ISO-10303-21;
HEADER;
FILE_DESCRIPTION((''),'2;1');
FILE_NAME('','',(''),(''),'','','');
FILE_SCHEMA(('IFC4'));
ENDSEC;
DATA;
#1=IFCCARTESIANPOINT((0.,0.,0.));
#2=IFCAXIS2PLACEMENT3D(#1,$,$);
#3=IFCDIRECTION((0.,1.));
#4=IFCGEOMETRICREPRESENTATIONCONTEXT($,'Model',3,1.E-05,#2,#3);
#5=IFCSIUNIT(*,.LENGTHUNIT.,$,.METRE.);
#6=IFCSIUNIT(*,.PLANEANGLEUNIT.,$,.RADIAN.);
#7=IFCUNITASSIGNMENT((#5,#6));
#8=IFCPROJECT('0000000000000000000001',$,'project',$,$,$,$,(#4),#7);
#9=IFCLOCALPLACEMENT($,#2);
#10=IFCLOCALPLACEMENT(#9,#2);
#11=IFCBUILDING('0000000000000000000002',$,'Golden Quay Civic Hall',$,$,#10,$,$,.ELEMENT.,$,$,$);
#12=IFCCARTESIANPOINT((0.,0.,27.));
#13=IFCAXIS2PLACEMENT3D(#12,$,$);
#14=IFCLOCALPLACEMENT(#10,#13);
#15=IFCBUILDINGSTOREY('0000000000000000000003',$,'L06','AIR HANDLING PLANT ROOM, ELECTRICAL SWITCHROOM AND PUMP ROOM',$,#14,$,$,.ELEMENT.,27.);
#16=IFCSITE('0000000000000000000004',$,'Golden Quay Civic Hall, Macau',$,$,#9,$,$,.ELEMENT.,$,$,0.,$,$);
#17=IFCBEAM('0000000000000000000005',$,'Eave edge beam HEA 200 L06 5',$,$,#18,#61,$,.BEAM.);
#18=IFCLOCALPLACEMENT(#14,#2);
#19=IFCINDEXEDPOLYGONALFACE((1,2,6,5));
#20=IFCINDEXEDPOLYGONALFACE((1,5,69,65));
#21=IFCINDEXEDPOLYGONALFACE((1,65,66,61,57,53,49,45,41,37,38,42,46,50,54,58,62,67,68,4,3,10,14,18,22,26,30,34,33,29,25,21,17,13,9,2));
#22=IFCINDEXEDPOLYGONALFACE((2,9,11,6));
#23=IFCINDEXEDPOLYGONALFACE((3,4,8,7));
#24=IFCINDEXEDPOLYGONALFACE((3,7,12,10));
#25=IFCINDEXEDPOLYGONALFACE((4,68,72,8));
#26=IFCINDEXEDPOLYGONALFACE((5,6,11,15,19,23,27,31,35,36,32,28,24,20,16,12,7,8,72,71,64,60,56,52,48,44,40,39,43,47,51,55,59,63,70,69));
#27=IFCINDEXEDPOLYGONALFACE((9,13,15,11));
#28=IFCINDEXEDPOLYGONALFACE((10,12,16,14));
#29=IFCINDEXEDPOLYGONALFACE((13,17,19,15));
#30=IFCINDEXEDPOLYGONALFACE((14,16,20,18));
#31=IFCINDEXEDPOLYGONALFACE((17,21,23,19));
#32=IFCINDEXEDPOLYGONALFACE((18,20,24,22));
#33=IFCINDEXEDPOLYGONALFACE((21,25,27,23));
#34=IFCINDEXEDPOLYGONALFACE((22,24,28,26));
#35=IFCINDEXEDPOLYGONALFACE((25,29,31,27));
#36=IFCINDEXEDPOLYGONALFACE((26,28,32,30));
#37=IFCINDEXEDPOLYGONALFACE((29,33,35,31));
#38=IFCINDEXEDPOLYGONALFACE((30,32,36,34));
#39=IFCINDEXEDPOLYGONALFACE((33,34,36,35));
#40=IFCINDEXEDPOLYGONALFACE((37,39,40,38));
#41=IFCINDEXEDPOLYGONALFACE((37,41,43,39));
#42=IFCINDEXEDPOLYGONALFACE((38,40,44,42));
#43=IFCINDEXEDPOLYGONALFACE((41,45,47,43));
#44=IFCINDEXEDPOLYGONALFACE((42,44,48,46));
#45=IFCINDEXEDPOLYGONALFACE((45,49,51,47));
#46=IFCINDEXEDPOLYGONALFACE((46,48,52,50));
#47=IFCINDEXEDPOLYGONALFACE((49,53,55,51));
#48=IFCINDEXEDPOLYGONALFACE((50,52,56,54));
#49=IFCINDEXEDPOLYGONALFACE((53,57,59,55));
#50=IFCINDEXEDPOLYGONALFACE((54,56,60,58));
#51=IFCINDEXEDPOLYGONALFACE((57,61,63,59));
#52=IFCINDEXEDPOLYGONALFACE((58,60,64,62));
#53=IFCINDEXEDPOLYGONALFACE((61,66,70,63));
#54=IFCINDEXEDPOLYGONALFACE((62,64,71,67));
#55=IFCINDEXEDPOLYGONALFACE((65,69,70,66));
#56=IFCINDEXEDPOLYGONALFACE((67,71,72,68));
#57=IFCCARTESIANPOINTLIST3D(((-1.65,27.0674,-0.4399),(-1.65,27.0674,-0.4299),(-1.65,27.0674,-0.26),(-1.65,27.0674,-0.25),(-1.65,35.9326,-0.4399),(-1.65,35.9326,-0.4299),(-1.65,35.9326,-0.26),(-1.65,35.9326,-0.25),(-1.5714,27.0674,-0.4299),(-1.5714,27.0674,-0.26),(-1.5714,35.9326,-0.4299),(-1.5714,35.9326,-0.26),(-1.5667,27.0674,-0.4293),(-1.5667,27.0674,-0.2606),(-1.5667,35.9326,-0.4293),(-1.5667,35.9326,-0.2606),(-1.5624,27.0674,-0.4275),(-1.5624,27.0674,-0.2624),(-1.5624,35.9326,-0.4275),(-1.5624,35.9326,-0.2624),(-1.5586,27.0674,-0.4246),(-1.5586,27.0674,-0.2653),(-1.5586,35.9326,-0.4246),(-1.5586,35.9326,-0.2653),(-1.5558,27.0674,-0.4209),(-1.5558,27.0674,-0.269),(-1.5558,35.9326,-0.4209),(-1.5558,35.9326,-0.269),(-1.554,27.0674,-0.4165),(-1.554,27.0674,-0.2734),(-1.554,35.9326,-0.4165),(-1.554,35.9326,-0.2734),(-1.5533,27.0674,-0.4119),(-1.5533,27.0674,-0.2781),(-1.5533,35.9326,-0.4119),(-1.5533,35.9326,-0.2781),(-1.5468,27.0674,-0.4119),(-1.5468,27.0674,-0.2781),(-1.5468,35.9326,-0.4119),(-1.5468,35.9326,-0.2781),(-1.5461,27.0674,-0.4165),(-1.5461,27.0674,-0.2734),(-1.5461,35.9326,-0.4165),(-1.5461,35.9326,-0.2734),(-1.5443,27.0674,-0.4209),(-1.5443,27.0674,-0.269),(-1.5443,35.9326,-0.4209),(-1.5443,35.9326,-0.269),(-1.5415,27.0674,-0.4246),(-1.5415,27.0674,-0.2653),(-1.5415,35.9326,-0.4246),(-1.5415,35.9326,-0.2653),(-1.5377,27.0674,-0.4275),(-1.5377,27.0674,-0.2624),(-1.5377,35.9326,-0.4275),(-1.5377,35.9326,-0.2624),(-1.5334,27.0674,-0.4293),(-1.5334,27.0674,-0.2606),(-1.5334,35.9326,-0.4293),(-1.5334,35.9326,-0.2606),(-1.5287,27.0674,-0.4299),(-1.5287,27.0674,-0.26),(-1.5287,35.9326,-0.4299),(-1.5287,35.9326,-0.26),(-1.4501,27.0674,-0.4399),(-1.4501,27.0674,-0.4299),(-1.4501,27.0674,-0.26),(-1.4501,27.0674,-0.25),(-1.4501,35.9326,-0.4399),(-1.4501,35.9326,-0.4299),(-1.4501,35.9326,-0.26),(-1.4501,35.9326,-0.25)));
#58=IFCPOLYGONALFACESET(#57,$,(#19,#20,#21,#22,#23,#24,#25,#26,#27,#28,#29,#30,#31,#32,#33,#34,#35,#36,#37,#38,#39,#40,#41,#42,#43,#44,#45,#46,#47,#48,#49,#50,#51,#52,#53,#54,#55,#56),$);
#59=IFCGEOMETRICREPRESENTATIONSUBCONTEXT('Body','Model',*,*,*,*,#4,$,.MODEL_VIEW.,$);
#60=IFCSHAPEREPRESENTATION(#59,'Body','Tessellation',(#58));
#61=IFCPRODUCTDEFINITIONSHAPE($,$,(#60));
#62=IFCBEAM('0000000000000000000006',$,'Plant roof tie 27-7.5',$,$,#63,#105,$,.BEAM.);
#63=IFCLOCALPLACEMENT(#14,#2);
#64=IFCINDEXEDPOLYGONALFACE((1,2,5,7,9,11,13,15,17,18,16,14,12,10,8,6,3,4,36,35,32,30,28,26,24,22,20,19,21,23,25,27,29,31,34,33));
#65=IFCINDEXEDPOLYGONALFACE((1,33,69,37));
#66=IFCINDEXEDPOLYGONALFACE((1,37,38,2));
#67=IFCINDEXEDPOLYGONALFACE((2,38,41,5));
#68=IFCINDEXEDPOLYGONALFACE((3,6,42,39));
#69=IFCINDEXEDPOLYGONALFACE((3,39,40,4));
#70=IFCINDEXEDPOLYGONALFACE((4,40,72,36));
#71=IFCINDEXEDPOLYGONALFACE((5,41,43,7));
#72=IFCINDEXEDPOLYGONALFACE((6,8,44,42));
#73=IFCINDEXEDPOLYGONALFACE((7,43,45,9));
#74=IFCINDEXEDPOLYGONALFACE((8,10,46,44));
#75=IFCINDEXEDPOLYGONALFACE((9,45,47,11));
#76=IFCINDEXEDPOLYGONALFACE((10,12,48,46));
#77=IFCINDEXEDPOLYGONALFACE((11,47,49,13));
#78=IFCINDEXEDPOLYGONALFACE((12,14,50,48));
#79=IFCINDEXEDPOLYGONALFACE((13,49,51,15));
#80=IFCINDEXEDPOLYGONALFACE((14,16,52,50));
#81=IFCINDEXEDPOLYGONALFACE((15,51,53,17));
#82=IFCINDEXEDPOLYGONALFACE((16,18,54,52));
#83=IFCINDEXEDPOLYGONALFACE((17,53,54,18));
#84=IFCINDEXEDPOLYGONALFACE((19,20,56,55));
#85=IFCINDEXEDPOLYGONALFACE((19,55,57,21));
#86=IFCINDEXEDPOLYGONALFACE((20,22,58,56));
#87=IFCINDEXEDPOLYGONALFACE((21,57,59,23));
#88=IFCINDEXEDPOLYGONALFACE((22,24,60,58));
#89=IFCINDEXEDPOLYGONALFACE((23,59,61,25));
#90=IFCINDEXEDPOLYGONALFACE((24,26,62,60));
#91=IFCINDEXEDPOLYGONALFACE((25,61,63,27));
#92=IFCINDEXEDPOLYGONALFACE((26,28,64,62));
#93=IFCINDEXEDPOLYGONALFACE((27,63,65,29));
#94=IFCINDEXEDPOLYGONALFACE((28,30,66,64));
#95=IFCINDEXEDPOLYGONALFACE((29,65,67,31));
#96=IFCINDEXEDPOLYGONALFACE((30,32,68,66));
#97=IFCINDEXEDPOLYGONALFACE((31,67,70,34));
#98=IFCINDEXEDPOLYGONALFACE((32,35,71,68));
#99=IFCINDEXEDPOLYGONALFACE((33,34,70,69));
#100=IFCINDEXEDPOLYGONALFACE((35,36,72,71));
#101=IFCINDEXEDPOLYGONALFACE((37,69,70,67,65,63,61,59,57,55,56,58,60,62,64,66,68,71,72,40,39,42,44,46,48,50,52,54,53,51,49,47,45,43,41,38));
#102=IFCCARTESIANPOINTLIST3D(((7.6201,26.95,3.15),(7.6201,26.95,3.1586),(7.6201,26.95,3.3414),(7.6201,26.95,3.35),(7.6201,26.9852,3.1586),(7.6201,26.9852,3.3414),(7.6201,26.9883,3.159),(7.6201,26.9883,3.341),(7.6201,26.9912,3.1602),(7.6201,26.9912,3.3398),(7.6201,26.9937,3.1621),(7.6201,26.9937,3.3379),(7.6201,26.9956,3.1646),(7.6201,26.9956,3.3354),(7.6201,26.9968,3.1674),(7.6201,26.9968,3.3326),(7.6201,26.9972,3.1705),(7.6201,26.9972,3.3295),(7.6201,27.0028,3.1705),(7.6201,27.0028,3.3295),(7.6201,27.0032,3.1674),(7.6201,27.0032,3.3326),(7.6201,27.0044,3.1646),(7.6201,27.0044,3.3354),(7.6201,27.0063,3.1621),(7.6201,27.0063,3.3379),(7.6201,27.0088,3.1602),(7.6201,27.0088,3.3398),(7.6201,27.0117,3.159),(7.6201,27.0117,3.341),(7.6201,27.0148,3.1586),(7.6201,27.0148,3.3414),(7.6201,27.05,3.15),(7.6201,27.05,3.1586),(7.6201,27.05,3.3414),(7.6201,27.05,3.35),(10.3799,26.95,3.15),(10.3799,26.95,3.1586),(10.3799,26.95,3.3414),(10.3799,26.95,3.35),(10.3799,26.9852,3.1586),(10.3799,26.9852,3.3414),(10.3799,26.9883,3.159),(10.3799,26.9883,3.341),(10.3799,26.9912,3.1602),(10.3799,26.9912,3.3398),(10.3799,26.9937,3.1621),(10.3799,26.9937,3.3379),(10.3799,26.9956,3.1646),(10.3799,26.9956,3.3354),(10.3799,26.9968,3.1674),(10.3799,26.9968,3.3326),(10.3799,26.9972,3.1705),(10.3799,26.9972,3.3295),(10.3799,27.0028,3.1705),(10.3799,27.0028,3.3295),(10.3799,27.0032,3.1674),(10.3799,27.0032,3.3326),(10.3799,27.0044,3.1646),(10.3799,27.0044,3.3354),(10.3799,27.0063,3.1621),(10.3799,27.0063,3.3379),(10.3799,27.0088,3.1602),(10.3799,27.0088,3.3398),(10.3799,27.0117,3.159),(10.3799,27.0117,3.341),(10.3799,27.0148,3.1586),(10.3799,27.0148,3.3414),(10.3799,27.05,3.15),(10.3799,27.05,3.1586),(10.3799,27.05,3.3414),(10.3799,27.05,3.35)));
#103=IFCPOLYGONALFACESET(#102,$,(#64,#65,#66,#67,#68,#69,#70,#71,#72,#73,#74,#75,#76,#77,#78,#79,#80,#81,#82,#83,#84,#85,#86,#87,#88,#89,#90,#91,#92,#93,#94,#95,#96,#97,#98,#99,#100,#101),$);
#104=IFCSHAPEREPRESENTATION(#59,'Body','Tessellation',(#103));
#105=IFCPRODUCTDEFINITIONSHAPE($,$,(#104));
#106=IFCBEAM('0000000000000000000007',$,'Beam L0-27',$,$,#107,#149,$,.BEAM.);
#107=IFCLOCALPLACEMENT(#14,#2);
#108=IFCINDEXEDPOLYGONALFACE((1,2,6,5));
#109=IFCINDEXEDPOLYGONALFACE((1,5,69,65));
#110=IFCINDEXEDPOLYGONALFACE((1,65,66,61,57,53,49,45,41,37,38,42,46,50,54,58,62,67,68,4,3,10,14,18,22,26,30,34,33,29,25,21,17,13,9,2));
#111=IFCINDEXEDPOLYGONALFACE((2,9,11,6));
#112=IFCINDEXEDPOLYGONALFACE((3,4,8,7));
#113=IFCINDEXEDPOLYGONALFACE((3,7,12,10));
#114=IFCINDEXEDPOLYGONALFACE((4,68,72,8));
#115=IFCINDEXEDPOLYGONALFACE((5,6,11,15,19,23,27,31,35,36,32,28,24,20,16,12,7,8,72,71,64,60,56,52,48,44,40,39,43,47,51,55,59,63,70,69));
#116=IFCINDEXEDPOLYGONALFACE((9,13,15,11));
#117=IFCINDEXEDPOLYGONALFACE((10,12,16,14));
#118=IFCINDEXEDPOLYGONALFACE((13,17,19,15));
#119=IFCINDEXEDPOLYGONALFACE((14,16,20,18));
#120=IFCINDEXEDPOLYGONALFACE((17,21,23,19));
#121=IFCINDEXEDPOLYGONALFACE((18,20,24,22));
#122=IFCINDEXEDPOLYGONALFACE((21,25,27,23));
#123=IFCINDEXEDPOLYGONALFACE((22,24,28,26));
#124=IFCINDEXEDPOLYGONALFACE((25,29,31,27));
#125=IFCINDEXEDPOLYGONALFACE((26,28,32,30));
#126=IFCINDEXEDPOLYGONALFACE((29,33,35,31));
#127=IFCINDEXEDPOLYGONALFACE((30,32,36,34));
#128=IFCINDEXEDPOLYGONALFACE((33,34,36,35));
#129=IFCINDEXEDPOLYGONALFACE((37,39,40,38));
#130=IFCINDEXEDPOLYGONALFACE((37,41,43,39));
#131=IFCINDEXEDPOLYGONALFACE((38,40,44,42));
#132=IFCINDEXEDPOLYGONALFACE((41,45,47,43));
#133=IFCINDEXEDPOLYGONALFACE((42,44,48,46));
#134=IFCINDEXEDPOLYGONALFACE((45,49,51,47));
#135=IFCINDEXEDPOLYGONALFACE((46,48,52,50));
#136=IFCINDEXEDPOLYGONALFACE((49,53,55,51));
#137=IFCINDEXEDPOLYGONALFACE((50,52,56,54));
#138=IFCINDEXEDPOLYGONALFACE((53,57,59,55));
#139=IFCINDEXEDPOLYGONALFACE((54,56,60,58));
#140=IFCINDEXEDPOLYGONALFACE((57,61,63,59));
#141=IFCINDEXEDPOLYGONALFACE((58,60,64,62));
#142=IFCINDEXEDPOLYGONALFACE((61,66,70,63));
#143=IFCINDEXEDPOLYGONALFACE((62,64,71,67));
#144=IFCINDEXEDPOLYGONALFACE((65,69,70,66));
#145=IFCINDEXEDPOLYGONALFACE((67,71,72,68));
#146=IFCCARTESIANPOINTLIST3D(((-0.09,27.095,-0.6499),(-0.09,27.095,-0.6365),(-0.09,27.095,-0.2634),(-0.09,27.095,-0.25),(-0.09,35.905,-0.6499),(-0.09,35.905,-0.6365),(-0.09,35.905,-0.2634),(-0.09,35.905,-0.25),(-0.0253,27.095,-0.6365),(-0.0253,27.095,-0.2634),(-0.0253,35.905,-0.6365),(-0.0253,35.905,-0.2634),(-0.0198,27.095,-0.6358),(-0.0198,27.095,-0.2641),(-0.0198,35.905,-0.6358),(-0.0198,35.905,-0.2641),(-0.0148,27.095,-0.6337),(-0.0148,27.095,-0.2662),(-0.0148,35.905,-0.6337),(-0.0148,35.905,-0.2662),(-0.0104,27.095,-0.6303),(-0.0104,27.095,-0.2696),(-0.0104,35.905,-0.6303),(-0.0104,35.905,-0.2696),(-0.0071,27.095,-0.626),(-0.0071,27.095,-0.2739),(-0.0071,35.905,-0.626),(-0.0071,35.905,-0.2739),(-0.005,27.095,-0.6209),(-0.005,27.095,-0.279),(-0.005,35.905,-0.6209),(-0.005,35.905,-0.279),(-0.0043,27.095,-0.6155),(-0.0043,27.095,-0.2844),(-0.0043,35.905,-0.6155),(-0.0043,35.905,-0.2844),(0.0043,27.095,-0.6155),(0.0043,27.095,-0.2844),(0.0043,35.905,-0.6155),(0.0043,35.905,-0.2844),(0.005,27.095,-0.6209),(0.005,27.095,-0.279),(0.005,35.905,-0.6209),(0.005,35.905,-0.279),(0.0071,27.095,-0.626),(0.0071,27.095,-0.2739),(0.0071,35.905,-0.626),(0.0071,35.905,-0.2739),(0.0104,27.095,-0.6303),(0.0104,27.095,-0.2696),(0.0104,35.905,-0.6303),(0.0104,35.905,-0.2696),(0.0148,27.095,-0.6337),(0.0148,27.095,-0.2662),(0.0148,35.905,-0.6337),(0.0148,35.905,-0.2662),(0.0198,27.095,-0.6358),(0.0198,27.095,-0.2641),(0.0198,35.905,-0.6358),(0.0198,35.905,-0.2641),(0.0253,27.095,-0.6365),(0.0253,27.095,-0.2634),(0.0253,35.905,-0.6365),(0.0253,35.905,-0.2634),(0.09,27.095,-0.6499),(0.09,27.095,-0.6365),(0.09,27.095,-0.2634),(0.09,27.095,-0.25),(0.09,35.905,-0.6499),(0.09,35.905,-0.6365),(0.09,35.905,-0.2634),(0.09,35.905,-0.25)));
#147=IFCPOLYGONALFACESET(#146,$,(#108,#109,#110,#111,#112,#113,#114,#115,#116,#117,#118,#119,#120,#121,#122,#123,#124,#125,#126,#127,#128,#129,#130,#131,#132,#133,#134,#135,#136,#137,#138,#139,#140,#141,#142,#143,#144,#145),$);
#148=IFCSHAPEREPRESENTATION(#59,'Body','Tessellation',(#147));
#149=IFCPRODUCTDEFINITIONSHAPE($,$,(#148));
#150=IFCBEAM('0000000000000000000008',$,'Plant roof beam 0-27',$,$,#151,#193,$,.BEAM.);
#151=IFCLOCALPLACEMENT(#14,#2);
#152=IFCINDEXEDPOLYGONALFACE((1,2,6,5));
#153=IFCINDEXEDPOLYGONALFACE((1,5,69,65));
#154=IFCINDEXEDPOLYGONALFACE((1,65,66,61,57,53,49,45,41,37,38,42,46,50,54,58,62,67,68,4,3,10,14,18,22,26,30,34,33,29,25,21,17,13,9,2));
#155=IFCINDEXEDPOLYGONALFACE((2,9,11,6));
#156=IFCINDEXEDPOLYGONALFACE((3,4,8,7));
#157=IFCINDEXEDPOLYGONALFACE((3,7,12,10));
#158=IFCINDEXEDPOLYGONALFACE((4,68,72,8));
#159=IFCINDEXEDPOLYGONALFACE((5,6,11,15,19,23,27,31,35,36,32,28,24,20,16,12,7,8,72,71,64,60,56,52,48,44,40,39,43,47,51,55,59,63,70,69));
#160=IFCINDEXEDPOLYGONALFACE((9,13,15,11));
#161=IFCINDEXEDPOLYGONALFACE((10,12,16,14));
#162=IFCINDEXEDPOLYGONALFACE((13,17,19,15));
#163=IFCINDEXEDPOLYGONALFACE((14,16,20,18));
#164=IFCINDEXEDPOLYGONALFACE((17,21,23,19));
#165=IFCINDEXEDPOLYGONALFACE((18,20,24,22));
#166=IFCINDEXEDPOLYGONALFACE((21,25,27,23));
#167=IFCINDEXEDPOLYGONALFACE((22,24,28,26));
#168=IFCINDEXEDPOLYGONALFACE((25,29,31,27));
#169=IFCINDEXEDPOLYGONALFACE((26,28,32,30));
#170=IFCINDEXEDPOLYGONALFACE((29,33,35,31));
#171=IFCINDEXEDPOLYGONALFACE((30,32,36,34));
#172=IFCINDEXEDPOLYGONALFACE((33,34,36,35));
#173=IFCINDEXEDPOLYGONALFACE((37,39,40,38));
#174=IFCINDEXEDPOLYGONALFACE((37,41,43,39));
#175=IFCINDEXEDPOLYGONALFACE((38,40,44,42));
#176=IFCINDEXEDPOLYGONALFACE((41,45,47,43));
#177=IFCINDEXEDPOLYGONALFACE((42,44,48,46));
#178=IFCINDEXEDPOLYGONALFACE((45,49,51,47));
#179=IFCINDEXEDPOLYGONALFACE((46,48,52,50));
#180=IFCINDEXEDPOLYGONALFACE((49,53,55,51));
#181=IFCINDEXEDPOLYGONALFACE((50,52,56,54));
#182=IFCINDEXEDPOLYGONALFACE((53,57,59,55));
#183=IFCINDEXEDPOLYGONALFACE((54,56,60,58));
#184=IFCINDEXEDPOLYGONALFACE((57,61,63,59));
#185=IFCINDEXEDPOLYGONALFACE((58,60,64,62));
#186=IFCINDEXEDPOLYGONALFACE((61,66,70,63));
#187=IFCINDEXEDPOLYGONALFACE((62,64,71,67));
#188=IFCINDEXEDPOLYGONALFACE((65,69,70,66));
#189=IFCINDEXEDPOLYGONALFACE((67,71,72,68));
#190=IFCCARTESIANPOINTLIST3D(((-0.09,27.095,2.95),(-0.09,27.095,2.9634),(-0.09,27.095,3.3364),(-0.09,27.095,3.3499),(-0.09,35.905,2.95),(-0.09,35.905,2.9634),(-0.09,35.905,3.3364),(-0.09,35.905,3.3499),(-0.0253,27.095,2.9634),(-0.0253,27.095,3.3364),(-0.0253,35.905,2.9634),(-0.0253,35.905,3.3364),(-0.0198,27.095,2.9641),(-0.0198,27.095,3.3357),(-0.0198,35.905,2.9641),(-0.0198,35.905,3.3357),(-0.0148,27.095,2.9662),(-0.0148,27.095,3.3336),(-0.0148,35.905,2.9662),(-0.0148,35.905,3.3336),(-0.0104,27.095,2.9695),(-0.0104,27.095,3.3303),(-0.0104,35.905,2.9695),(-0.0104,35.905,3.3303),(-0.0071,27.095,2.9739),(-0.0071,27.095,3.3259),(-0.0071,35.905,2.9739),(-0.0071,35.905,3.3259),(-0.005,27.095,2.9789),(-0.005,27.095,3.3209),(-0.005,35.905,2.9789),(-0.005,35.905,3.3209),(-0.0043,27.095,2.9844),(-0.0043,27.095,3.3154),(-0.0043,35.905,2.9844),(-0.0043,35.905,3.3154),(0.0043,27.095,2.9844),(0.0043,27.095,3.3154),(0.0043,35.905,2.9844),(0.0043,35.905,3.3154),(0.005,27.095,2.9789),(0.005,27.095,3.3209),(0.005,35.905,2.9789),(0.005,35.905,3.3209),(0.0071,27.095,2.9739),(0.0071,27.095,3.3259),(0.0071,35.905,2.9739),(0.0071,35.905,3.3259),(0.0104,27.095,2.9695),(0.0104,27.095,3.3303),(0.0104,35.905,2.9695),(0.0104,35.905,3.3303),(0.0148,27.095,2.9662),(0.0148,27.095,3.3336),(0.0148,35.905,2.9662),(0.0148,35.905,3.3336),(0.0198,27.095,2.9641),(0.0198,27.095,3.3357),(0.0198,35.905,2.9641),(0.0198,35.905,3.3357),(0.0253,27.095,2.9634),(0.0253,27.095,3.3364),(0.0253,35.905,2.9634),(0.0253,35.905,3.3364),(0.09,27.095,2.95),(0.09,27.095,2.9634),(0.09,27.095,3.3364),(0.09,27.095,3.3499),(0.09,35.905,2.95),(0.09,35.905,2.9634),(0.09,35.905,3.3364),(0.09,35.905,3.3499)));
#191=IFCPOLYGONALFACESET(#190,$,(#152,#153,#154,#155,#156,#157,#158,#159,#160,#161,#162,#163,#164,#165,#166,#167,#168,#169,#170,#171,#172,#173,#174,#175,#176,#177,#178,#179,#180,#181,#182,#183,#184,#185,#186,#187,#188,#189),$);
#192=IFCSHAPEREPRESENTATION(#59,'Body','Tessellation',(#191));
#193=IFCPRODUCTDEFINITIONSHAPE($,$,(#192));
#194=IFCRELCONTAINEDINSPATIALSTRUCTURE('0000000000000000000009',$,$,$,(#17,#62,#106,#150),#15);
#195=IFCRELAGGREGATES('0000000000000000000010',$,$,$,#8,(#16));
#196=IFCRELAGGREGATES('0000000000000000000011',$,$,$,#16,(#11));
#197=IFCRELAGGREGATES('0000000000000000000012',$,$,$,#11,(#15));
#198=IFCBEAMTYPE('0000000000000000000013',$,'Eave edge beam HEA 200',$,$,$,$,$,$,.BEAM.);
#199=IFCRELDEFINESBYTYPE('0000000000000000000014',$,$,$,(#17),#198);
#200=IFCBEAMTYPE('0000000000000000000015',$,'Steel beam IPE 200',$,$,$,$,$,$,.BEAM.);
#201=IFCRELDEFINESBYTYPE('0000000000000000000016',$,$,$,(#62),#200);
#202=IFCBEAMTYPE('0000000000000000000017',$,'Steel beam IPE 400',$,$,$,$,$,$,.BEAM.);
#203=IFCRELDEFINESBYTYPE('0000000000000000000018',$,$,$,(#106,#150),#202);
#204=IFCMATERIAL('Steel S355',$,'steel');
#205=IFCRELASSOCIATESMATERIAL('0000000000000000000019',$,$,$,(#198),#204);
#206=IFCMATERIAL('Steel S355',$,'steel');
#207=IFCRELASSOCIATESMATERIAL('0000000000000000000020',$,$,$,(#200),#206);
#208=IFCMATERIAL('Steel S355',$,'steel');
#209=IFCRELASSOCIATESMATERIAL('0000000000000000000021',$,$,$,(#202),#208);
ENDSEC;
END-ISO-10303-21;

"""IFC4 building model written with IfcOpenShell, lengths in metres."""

from ifc_helpers import new_model, si_unit, direction, frame, origin, origin_2d, place, context, subcontext, project, spatial, i_section, extrude, material, material_profile, profile_set, type_object, element, save


model = new_model("IFC4")

# Units and contexts
model_context = context("Model", 3, precision=1e-05, world=origin(), true_north=direction((0.0, 1.0)))
body_context = subcontext(model_context, "Body", "Model", "MODEL_VIEW")
ifc_project = project(units=[si_unit("LENGTHUNIT", "METRE"), si_unit("PLANEANGLEUNIT", "RADIAN")], contexts=[model_context])

# Site, building, storey
site_placement = place(None, origin())
site = spatial("IfcSite", under=ifc_project, at=site_placement, Name="Golden Quay Civic Hall, Macau", CompositionType="ELEMENT", RefElevation=0.0)
building_placement = place(site_placement, origin())
building = spatial("IfcBuilding", under=site, at=building_placement, Name="Golden Quay Civic Hall", CompositionType="ELEMENT")
storey_placement = place(building_placement, frame((0.0, 0.0, 27.0)))
storey = spatial("IfcBuildingStorey", under=building, at=storey_placement, Name="L06", Description="AIR HANDLING PLANT ROOM, ELECTRICAL SWITCHROOM AND PUMP ROOM", CompositionType="ELEMENT", Elevation=27.0)

# Beams
ifc_material_1 = material(Name="Steel S355", Category="steel")
ifc_material_profile_1 = material_profile(ifc_material_1, i_section(OverallWidth=0.2, OverallDepth=0.1899, WebThickness=0.0066, FlangeThickness=0.01, FilletRadius=0.0181, at=origin_2d()), Name="HEA 200")
ifc_profile_set_1 = profile_set([ifc_material_profile_1], Name="Steel S355")
beam_type_1 = type_object("IfcBeamType", Name="Eave edge beam HEA 200", PredefinedType="BEAM", material=ifc_profile_set_1)
beam_1_placement = place(storey_placement, frame((-1.55, 27.0674, -0.345), z_axis=(0.0, 1.0, 0.0), x_axis=(-1.0, 0.0, 0.0)))
element("IfcBeam", 1, at=beam_1_placement, inside=storey, type_object=beam_type_1, Name="Eave edge beam HEA 200 L06 5", PredefinedType="BEAM", context=body_context, shape_type="SweptSolid", body=[
    extrude(i_section(OverallWidth=0.2, OverallDepth=0.1899, WebThickness=0.0066, FlangeThickness=0.01, FilletRadius=0.0181, at=origin_2d()), origin(), (0.0, 0.0, 1.0), 8.8652),
])
ifc_material_2 = material(Name="Steel S355", Category="steel")
ifc_material_profile_2 = material_profile(ifc_material_2, i_section(OverallWidth=0.1001, OverallDepth=0.2, WebThickness=0.0056, FlangeThickness=0.0085, FilletRadius=0.012, at=origin_2d()), Name="IPE 200")
ifc_profile_set_2 = profile_set([ifc_material_profile_2], Name="Steel S355")
beam_type_2 = type_object("IfcBeamType", Name="Steel beam IPE 200", PredefinedType="BEAM", material=ifc_profile_set_2)
beam_2_placement = place(storey_placement, frame((7.6201, 27.0, 3.25), z_axis=(1.0, 0.0, 0.0), x_axis=(0.0, 1.0, 0.0)))
element("IfcBeam", 2, at=beam_2_placement, inside=storey, type_object=beam_type_2, Name="Plant roof tie 27-7.5", PredefinedType="BEAM", context=body_context, shape_type="SweptSolid", body=[
    extrude(i_section(OverallWidth=0.1001, OverallDepth=0.2, WebThickness=0.0056, FlangeThickness=0.0085, FilletRadius=0.012, at=origin_2d()), origin(), (0.0, 0.0, 1.0), 2.7598),
])
ifc_material_3 = material(Name="Steel S355", Category="steel")
ifc_material_profile_3 = material_profile(ifc_material_3, i_section(OverallWidth=0.1799, OverallDepth=0.3999, WebThickness=0.0085, FlangeThickness=0.0134, FilletRadius=0.021, at=origin_2d()), Name="IPE 400")
ifc_profile_set_3 = profile_set([ifc_material_profile_3], Name="Steel S355")
beam_type_3 = type_object("IfcBeamType", Name="Steel beam IPE 400", PredefinedType="BEAM", material=ifc_profile_set_3)
for number, where, z_axis, x_axis, name in (
    (3, (0.0, 27.095, -0.45), (0.0, 1.0, 0.0), (-1.0, 0.0, 0.0), "Beam L0-27"),
    (4, (0.0, 27.095, 3.1499), (0.0, 1.0, 0.0), (-1.0, 0.0, 0.0), "Plant roof beam 0-27"),
):
    element("IfcBeam", number, at=place(storey_placement, frame(where, z_axis=z_axis, x_axis=x_axis)), inside=storey, type_object=beam_type_3, Name=name, PredefinedType="BEAM", context=body_context, shape_type="SweptSolid", body=[
        extrude(i_section(OverallWidth=0.1799, OverallDepth=0.3999, WebThickness=0.0085, FlangeThickness=0.0134, FilletRadius=0.021, at=origin_2d()), origin(), (0.0, 0.0, 1.0), 8.8101),
    ])

save(model, "model.ifc")
